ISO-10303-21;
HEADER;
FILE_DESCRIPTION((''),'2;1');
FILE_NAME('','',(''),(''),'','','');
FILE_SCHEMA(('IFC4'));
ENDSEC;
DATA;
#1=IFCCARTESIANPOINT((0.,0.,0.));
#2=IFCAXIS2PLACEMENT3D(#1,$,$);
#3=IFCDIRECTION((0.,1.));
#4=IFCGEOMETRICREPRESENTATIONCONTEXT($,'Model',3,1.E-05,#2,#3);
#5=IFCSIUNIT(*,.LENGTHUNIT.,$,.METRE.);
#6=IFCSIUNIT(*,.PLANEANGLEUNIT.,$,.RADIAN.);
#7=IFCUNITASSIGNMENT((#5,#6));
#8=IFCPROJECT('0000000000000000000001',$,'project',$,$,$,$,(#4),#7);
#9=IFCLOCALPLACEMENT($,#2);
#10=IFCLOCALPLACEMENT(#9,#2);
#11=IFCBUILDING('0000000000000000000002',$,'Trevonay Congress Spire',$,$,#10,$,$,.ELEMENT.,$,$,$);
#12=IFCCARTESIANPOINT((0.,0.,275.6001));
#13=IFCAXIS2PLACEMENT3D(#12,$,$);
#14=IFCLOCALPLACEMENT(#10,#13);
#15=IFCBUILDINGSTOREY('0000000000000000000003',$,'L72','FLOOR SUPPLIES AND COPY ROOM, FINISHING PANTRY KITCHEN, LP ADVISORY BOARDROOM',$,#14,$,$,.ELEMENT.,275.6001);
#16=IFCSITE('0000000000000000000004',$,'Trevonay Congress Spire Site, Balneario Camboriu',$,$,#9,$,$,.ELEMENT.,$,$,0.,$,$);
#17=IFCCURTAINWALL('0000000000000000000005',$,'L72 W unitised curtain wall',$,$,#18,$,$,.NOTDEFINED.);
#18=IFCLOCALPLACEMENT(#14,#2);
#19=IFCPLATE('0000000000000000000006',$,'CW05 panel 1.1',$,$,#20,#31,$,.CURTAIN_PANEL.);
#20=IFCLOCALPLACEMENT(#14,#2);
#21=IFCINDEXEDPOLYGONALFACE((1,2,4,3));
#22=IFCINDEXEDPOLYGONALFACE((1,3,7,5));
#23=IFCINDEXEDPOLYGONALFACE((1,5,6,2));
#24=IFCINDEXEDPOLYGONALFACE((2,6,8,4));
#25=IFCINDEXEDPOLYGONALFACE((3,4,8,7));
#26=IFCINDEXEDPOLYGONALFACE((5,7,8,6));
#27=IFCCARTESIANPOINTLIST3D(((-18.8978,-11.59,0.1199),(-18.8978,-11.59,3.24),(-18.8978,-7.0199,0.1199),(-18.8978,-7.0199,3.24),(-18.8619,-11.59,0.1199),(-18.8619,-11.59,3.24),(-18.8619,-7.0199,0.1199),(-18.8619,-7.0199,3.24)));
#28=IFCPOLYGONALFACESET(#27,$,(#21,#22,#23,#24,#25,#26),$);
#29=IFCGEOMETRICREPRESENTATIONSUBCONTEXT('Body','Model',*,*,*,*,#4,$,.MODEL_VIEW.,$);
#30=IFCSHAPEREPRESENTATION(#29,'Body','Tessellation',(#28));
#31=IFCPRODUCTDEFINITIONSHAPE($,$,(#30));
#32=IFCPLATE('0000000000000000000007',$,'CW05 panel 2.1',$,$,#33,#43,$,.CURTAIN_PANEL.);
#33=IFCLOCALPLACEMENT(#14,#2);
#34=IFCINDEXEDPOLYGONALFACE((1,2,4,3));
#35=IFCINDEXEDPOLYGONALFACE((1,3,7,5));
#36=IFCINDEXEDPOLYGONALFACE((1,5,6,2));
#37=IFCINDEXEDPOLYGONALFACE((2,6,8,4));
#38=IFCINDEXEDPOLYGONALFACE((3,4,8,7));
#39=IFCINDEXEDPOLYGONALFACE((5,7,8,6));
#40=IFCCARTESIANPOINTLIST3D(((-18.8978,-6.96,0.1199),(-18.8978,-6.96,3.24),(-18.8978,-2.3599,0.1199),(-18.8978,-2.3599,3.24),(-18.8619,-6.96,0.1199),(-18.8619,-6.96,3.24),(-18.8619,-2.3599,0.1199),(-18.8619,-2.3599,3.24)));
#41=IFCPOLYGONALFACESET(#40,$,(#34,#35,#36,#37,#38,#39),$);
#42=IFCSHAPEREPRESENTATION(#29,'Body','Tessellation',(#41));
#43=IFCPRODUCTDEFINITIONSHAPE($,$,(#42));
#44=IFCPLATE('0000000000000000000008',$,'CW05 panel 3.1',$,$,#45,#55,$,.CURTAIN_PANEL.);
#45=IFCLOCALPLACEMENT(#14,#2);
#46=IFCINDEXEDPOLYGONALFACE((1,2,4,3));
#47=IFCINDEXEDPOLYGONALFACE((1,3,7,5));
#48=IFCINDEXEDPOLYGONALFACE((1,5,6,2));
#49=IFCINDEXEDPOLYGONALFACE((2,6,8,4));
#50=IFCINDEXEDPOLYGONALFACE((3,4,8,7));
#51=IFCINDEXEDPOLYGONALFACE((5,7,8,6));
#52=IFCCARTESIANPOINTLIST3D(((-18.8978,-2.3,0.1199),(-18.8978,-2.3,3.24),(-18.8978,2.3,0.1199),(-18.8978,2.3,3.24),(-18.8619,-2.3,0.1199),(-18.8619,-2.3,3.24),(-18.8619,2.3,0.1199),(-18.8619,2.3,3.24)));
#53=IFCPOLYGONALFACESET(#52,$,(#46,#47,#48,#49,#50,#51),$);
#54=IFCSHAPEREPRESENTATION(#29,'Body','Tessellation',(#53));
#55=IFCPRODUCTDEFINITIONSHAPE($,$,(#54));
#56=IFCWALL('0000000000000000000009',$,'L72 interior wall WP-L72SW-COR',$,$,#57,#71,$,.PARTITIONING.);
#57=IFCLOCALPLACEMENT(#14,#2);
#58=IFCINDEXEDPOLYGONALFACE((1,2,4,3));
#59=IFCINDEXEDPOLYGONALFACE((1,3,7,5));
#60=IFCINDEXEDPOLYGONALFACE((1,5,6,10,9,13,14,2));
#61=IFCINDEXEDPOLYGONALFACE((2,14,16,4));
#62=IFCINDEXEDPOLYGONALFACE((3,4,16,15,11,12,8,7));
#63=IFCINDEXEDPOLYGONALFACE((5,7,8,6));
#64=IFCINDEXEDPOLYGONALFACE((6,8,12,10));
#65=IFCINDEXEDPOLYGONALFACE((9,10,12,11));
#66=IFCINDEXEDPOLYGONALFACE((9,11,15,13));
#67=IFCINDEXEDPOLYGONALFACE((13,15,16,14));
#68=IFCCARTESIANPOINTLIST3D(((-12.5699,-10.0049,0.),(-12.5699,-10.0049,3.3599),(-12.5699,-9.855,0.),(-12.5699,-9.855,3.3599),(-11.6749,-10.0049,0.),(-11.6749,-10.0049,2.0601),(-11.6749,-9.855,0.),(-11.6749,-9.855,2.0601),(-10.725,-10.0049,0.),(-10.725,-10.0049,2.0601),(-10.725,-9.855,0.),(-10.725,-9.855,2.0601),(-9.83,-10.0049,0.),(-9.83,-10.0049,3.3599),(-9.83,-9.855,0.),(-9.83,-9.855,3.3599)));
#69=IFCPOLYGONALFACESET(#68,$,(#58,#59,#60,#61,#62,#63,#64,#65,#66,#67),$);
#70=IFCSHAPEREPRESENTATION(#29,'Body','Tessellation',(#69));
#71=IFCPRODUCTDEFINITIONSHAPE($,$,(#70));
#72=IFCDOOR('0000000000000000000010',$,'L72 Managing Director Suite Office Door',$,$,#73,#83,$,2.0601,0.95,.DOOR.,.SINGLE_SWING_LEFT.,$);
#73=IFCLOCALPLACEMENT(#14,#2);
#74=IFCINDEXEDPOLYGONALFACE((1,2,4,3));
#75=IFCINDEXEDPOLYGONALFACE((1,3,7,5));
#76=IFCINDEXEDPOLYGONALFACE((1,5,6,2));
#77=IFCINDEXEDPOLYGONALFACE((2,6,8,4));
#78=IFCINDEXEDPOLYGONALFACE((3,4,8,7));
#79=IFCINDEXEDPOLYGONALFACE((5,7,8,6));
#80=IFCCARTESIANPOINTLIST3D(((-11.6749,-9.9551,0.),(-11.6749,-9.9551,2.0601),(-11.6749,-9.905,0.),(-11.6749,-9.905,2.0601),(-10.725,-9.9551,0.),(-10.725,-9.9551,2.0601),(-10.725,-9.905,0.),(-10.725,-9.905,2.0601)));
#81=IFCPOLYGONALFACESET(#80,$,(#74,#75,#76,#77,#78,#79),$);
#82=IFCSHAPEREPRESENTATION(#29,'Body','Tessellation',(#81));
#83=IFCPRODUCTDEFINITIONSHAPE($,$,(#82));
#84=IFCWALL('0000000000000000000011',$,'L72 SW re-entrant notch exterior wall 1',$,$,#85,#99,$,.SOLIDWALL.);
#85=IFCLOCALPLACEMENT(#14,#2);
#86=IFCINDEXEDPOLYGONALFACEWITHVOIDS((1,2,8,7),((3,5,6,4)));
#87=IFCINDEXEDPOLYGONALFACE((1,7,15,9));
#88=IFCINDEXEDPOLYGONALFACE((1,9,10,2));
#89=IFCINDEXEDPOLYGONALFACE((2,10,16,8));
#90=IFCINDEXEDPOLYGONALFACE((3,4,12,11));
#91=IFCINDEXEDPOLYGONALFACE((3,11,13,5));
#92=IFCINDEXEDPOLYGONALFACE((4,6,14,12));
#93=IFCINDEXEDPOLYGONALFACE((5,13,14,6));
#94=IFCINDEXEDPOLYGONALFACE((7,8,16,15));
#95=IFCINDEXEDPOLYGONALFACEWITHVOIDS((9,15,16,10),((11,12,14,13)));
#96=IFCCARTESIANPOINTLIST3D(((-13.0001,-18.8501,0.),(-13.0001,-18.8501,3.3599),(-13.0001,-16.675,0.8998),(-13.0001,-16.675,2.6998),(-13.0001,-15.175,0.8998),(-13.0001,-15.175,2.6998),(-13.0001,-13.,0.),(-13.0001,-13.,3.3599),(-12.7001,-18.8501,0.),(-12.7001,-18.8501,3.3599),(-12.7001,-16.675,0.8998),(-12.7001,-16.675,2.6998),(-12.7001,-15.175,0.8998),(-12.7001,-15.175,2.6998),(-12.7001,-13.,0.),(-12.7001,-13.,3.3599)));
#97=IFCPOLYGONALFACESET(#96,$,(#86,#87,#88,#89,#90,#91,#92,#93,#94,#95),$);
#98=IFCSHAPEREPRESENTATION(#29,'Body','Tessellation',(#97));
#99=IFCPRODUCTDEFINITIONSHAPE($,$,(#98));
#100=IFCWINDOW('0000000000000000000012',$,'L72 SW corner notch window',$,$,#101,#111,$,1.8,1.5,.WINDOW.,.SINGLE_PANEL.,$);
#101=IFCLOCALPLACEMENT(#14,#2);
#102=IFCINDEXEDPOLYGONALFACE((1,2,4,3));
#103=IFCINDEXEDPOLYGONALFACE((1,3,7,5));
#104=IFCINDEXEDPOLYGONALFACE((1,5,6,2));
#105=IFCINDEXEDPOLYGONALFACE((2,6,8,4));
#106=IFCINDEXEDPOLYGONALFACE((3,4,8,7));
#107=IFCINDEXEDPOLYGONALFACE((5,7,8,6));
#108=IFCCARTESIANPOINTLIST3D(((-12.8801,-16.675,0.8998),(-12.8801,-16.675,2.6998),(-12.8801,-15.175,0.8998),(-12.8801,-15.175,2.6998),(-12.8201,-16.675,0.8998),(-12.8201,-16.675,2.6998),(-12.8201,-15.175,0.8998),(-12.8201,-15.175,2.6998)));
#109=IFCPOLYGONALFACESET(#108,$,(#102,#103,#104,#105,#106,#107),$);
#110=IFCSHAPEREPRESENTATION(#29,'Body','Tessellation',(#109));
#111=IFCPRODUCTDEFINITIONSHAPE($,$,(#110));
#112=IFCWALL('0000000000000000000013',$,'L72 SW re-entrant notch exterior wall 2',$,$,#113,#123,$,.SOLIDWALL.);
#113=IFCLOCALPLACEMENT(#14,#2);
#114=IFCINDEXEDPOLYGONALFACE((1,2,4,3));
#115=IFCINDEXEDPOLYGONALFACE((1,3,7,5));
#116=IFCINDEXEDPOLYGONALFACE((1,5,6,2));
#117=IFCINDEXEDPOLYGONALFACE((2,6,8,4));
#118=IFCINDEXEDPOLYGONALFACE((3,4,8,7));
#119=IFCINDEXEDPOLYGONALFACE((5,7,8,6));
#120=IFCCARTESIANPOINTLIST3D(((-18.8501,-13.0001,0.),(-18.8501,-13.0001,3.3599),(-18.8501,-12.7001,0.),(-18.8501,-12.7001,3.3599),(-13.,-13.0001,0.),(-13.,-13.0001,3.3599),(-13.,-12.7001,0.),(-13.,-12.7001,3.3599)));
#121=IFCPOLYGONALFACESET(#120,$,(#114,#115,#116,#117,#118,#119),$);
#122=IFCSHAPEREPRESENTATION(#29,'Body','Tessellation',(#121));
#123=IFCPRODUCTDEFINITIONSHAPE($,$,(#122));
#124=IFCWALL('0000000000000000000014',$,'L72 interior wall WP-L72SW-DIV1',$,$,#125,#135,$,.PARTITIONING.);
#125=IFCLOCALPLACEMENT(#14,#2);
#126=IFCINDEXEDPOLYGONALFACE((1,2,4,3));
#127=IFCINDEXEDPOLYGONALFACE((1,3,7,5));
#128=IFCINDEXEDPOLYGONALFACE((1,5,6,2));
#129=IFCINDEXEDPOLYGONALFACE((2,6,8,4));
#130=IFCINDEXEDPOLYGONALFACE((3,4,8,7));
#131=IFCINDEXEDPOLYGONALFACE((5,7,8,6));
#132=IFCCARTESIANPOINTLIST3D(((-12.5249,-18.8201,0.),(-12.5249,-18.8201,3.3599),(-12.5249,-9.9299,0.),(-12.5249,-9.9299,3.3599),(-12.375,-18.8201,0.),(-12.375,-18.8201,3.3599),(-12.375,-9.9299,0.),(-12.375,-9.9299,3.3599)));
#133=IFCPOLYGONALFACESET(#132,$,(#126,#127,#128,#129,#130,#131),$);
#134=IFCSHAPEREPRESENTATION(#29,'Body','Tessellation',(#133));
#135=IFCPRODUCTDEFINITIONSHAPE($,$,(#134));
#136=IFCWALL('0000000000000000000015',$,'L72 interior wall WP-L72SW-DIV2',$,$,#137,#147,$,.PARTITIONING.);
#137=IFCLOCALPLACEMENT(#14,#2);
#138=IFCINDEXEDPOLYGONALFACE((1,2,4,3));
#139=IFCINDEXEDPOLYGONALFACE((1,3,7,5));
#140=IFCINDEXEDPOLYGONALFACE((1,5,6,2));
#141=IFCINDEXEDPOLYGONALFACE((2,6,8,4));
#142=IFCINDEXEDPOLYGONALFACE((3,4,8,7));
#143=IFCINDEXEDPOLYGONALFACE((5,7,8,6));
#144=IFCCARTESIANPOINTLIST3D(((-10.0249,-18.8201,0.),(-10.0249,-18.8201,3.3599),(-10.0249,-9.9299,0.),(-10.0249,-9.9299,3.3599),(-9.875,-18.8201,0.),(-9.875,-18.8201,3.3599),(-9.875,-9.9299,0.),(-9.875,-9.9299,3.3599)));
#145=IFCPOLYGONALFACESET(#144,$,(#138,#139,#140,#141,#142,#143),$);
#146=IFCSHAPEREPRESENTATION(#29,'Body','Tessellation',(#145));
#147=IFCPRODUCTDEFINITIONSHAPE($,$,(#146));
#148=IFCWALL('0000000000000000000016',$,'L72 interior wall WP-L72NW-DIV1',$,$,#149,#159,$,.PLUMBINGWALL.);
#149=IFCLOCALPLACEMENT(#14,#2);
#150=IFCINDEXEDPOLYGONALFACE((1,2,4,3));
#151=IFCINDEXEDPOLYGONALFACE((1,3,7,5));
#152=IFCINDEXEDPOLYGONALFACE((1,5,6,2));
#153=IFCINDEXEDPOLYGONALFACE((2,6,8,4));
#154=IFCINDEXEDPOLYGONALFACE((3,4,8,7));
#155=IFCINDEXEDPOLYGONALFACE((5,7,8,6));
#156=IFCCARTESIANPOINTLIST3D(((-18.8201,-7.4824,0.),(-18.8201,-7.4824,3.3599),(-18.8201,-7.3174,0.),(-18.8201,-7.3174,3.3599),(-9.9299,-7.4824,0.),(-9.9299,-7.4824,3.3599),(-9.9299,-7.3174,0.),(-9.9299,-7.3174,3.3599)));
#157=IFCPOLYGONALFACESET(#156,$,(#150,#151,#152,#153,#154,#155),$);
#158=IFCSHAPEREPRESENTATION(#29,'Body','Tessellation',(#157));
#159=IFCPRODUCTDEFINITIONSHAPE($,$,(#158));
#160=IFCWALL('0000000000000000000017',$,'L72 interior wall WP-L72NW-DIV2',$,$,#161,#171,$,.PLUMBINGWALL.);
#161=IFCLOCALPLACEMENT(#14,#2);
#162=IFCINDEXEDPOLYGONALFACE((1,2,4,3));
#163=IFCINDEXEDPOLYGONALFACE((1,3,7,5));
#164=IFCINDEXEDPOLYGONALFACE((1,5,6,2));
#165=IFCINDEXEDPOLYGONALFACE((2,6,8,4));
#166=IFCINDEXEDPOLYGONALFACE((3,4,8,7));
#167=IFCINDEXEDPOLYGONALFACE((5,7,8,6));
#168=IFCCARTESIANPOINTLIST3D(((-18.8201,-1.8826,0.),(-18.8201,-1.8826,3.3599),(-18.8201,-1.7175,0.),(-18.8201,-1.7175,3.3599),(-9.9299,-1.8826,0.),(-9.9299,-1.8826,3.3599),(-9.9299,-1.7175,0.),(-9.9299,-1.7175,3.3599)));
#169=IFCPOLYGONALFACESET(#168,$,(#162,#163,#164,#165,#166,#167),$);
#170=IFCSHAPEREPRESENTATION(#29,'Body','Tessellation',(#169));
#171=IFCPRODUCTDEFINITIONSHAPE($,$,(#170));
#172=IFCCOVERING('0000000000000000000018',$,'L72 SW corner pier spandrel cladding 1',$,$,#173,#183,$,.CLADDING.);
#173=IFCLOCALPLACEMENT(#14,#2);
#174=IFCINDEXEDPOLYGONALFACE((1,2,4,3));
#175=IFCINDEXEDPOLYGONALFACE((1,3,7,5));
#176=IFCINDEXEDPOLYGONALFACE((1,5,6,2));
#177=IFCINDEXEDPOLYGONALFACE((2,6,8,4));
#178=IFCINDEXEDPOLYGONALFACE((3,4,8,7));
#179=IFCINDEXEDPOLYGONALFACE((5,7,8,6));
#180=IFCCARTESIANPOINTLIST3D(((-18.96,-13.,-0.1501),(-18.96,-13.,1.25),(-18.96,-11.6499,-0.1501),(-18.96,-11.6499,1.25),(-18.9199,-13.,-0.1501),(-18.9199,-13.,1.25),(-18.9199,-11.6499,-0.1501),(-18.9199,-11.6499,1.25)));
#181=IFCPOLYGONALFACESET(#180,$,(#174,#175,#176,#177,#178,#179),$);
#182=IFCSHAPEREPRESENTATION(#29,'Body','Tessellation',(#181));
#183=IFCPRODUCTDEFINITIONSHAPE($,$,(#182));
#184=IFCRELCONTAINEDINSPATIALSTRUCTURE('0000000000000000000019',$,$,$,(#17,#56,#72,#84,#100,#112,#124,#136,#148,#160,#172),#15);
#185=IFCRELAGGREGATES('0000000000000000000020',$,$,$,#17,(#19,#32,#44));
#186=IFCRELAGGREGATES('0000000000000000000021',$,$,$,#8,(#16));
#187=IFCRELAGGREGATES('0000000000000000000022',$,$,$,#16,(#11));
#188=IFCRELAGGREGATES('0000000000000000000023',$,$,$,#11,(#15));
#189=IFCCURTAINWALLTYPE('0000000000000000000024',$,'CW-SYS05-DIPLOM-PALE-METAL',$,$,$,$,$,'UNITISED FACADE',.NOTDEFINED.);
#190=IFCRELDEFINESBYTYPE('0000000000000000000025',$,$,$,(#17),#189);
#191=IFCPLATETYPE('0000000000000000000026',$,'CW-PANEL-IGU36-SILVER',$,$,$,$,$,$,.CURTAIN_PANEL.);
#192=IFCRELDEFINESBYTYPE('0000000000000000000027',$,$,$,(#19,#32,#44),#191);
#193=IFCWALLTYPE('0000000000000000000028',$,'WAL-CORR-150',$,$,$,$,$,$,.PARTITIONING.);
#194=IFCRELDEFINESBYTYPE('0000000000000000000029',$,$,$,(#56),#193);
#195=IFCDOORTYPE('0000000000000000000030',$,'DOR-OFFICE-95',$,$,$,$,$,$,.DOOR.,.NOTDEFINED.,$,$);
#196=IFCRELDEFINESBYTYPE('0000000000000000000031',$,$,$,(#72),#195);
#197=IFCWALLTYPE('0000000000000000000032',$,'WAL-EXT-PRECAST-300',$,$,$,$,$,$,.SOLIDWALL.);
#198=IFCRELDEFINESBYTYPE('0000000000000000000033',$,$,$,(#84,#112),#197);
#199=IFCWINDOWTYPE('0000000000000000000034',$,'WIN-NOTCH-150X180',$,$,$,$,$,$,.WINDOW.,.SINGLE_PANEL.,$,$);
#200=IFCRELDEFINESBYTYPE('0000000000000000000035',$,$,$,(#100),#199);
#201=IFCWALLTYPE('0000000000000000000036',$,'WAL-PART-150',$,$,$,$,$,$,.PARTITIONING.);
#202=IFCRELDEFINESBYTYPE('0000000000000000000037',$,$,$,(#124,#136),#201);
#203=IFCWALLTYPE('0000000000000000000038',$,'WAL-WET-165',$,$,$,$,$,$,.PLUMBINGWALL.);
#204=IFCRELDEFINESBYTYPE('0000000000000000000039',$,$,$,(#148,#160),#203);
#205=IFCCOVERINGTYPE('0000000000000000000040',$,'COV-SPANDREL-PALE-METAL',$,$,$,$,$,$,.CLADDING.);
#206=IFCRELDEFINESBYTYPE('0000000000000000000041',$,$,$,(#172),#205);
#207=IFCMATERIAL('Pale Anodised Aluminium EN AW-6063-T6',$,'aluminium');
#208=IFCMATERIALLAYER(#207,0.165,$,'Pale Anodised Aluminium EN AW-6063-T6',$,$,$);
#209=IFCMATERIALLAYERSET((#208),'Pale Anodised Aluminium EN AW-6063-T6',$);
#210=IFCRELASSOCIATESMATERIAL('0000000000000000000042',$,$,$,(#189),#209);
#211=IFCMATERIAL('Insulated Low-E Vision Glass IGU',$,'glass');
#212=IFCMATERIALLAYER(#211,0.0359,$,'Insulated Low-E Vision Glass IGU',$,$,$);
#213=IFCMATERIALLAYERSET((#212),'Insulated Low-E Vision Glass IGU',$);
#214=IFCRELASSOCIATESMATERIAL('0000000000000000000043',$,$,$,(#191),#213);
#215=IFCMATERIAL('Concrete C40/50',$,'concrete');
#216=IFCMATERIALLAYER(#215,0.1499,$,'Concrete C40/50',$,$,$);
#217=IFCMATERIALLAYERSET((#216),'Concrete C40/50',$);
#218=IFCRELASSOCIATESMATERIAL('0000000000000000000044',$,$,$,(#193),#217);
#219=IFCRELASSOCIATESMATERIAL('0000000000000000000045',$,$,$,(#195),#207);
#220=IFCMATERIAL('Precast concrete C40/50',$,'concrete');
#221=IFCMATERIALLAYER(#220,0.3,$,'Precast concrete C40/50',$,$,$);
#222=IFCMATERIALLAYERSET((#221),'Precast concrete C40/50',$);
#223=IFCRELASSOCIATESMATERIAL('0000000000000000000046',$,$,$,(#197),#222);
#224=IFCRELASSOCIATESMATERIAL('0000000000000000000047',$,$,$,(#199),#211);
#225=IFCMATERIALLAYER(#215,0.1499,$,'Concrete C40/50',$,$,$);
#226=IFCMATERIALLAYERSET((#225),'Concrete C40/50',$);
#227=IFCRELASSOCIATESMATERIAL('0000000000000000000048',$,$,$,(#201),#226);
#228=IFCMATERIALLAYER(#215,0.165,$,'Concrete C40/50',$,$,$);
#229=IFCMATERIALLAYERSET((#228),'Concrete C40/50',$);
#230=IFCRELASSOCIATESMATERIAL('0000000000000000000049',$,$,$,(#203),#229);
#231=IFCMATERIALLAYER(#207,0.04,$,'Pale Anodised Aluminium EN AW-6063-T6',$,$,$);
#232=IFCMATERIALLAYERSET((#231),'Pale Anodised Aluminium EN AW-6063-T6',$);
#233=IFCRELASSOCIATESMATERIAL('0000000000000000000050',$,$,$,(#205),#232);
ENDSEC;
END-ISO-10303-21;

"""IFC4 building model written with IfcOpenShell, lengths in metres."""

from ifc_helpers import new_model, si_unit, direction, frame, frame_2d, origin, origin_2d, place, context, subcontext, project, spatial, rectangle, extrude, material, layer, layer_set, type_object, element, fill, aggregate, save


model = new_model("IFC4")

# Units and contexts
model_context = context("Model", 3, precision=1e-05, world=origin(), true_north=direction((0.0, 1.0)))
body_context = subcontext(model_context, "Body", "Model", "MODEL_VIEW")
ifc_project = project(units=[si_unit("LENGTHUNIT", "METRE"), si_unit("PLANEANGLEUNIT", "RADIAN")], contexts=[model_context])

# Site, building, storey
site_placement = place(None, origin())
site = spatial("IfcSite", under=ifc_project, at=site_placement, Name="Trevonay Congress Spire Site, Balneario Camboriu", CompositionType="ELEMENT", RefElevation=0.0)
building_placement = place(site_placement, origin())
building = spatial("IfcBuilding", under=site, at=building_placement, Name="Trevonay Congress Spire", CompositionType="ELEMENT")
storey_placement = place(building_placement, frame((0.0, 0.0, 275.6001)))
storey = spatial("IfcBuildingStorey", under=building, at=storey_placement, Name="L72", Description="FLOOR SUPPLIES AND COPY ROOM, FINISHING PANTRY KITCHEN, LP ADVISORY BOARDROOM", CompositionType="ELEMENT", Elevation=275.6001)

# Shared definitions
ifc_material_1 = material(Name="Pale Anodised Aluminium EN AW-6063-T6", Category="aluminium")
ifc_layer_1 = layer(ifc_material_1, 0.165, Name="Pale Anodised Aluminium EN AW-6063-T6")
ifc_layer_set_1 = layer_set([ifc_layer_1], Name="Pale Anodised Aluminium EN AW-6063-T6")
curtain_wall_type = type_object("IfcCurtainWallType", Name="CW-SYS05-DIPLOM-PALE-METAL", ElementType="UNITISED FACADE", PredefinedType="NOTDEFINED", material=ifc_layer_set_1)

# Curtain wall
curtain_wall_1_placement = place(storey_placement, origin())
curtain_wall_1 = element("IfcCurtainWall", 1, at=curtain_wall_1_placement, inside=storey, type_object=curtain_wall_type, Name="L72 W unitised curtain wall", PredefinedType="NOTDEFINED")

# Plates
ifc_material_2 = material(Name="Insulated Low-E Vision Glass IGU", Category="glass")
ifc_layer_2 = layer(ifc_material_2, 0.0359, Name="Insulated Low-E Vision Glass IGU")
ifc_layer_set_2 = layer_set([ifc_layer_2], Name="Insulated Low-E Vision Glass IGU")
plate_type = type_object("IfcPlateType", Name="CW-PANEL-IGU36-SILVER", PredefinedType="CURTAIN_PANEL", material=ifc_layer_set_2)
plate_1_placement = place(storey_placement, frame((-18.8799, -9.3049, 0.1199), z_axis=(0.0, 0.0, 1.0), x_axis=(0.0, 1.0, 0.0)))
plate_1 = element("IfcPlate", 2, at=plate_1_placement, type_object=plate_type, Name="CW05 panel 1.1", PredefinedType="CURTAIN_PANEL", context=body_context, shape_type="SweptSolid", body=[
    extrude(rectangle(XDim=4.5701, YDim=0.0359, at=origin_2d()), origin(), (0.0, 0.0, 1.0), 3.1201),
])
plate_2_placement = place(storey_placement, frame((-18.8799, -4.6599, 0.1199), z_axis=(0.0, 0.0, 1.0), x_axis=(0.0, 1.0, 0.0)))
plate_2 = element("IfcPlate", 3, at=plate_2_placement, type_object=plate_type, Name="CW05 panel 2.1", PredefinedType="CURTAIN_PANEL", context=body_context, shape_type="SweptSolid", body=[
    extrude(rectangle(XDim=4.6001, YDim=0.0359, at=origin_2d()), origin(), (0.0, 0.0, 1.0), 3.1201),
])
plate_3_placement = place(storey_placement, frame((-18.8799, 0.0, 0.1199), z_axis=(0.0, 0.0, 1.0), x_axis=(0.0, 1.0, 0.0)))
plate_3 = element("IfcPlate", 4, at=plate_3_placement, type_object=plate_type, Name="CW05 panel 3.1", PredefinedType="CURTAIN_PANEL", context=body_context, shape_type="SweptSolid", body=[
    extrude(rectangle(XDim=4.6001, YDim=0.0359, at=origin_2d()), origin(), (0.0, 0.0, 1.0), 3.1201),
])
aggregate(curtain_wall_1, [plate_1, plate_2, plate_3])

# Wall, opening, door
ifc_material_3 = material(Name="Concrete C40/50", Category="concrete")
ifc_layer_3 = layer(ifc_material_3, 0.1499, Name="Concrete C40/50")
ifc_layer_set_3 = layer_set([ifc_layer_3], Name="Concrete C40/50")
wall_type_1 = type_object("IfcWallType", Name="WAL-CORR-150", PredefinedType="PARTITIONING", material=ifc_layer_set_3)
wall_1_placement = place(storey_placement, frame((-12.5701, -9.9299, 0.0), z_axis=(0.0, 0.0, 1.0), x_axis=(1.0, 0.0, 0.0)))
wall_1 = element("IfcWall", 5, at=wall_1_placement, inside=storey, type_object=wall_type_1, Name="L72 interior wall WP-L72SW-COR", PredefinedType="PARTITIONING", context=body_context, shape_type="SweptSolid", body=[
    extrude(rectangle(XDim=2.74, YDim=0.1499, at=frame_2d((1.3701, 0.0))), origin(), (0.0, 0.0, 1.0), 3.3599),
])
opening_1_placement = place(wall_1_placement, frame((0.895, 0.0, 0.0)))
opening_1 = element("IfcOpeningElement", 6, at=opening_1_placement, cuts=wall_1, PredefinedType="OPENING", context=body_context, shape_type="SweptSolid", body=[
    extrude(rectangle(XDim=0.95, YDim=2.0601, at=frame_2d((0.4751, 1.03))), frame((0.0, 0.085, 0.0), z_axis=(0.0, -1.0, 0.0), x_axis=(1.0, 0.0, 0.0)), (0.0, 0.0, 1.0), 0.1699),
])
door_type = type_object("IfcDoorType", Name="DOR-OFFICE-95", OperationType="NOTDEFINED", PredefinedType="DOOR", material=ifc_material_1)
door_placement = place(opening_1_placement, origin())
door = element("IfcDoor", 7, at=door_placement, inside=storey, type_object=door_type, Name="L72 Managing Director Suite Office Door", OperationType="SINGLE_SWING_LEFT", OverallHeight=2.0601, OverallWidth=0.95, PredefinedType="DOOR", context=body_context, shape_type="SweptSolid", body=[
    extrude(rectangle(XDim=0.95, YDim=2.0601, at=frame_2d((0.4751, 1.03))), frame((0.0, 0.0249, 0.0), z_axis=(0.0, -1.0, 0.0), x_axis=(1.0, 0.0, 0.0)), (0.0, 0.0, 1.0), 0.05),
])
fill(opening_1, door)

# Wall, opening, window
ifc_material_4 = material(Name="Precast concrete C40/50", Category="concrete")
ifc_layer_4 = layer(ifc_material_4, 0.3, Name="Precast concrete C40/50")
ifc_layer_set_4 = layer_set([ifc_layer_4], Name="Precast concrete C40/50")
wall_type_2 = type_object("IfcWallType", Name="WAL-EXT-PRECAST-300", PredefinedType="SOLIDWALL", material=ifc_layer_set_4)
wall_2_placement = place(storey_placement, frame((-12.8501, -18.8501, 0.0), z_axis=(0.0, 0.0, 1.0), x_axis=(0.0, 1.0, 0.0)))
wall_2 = element("IfcWall", 8, at=wall_2_placement, inside=storey, type_object=wall_type_2, Name="L72 SW re-entrant notch exterior wall 1", PredefinedType="SOLIDWALL", context=body_context, shape_type="SweptSolid", body=[
    extrude(rectangle(XDim=5.8501, YDim=0.3, at=frame_2d((2.925, 0.0))), origin(), (0.0, 0.0, 1.0), 3.3599),
])
opening_2_placement = place(wall_2_placement, frame((2.175, 0.0, 0.8999)))
opening_2 = element("IfcOpeningElement", 9, at=opening_2_placement, cuts=wall_2, PredefinedType="OPENING", context=body_context, shape_type="SweptSolid", body=[
    extrude(rectangle(XDim=1.5, YDim=1.8, at=frame_2d((0.75, 0.8999))), frame((0.0, 0.1602, 0.0), z_axis=(0.0, -1.0, 0.0), x_axis=(1.0, 0.0, 0.0)), (0.0, 0.0, 1.0), 0.3201),
])
window_type = type_object("IfcWindowType", Name="WIN-NOTCH-150X180", PartitioningType="SINGLE_PANEL", PredefinedType="WINDOW", material=ifc_material_2)
window_placement = place(opening_2_placement, origin())
window = element("IfcWindow", 10, at=window_placement, inside=storey, type_object=window_type, Name="L72 SW corner notch window", OverallHeight=1.8, OverallWidth=1.5, PartitioningType="SINGLE_PANEL", PredefinedType="WINDOW", context=body_context, shape_type="SweptSolid", body=[
    extrude(rectangle(XDim=1.5, YDim=1.8, at=frame_2d((0.75, 0.8999))), frame((0.0, 0.03, 0.0), z_axis=(0.0, -1.0, 0.0), x_axis=(1.0, 0.0, 0.0)), (0.0, 0.0, 1.0), 0.0601),
])
fill(opening_2, window)

# Walls
wall_3_placement = place(storey_placement, frame((-18.8501, -12.8501, 0.0), z_axis=(0.0, 0.0, 1.0), x_axis=(1.0, 0.0, 0.0)))
element("IfcWall", 11, at=wall_3_placement, inside=storey, type_object=wall_type_2, Name="L72 SW re-entrant notch exterior wall 2", PredefinedType="SOLIDWALL", context=body_context, shape_type="SweptSolid", body=[
    extrude(rectangle(XDim=5.8501, YDim=0.3, at=frame_2d((2.925, 0.0))), origin(), (0.0, 0.0, 1.0), 3.3599),
])
ifc_layer_5 = layer(ifc_material_3, 0.1499, Name="Concrete C40/50")
ifc_layer_set_5 = layer_set([ifc_layer_5], Name="Concrete C40/50")
wall_type_3 = type_object("IfcWallType", Name="WAL-PART-150", PredefinedType="PARTITIONING", material=ifc_layer_set_5)
for number, where, z_axis, x_axis, name in (
    (12, (-12.45, -18.8201, 0.0), (0.0, 0.0, 1.0), (0.0, 1.0, 0.0), "L72 interior wall WP-L72SW-DIV1"),
    (13, (-9.95, -18.8201, 0.0), (0.0, 0.0, 1.0), (0.0, 1.0, 0.0), "L72 interior wall WP-L72SW-DIV2"),
):
    element("IfcWall", number, at=place(storey_placement, frame(where, z_axis=z_axis, x_axis=x_axis)), inside=storey, type_object=wall_type_3, Name=name, PredefinedType="PARTITIONING", context=body_context, shape_type="SweptSolid", body=[
        extrude(rectangle(XDim=8.8901, YDim=0.1499, at=frame_2d((4.4451, 0.0))), origin(), (0.0, 0.0, 1.0), 3.3599),
    ])
ifc_layer_6 = layer(ifc_material_3, 0.165, Name="Concrete C40/50")
ifc_layer_set_6 = layer_set([ifc_layer_6], Name="Concrete C40/50")
wall_type_4 = type_object("IfcWallType", Name="WAL-WET-165", PredefinedType="PLUMBINGWALL", material=ifc_layer_set_6)
for number, where, z_axis, x_axis, name in (
    (14, (-18.8201, -7.3999, 0.0), (0.0, 0.0, 1.0), (1.0, 0.0, 0.0), "L72 interior wall WP-L72NW-DIV1"),
    (15, (-18.8201, -1.8, 0.0), (0.0, 0.0, 1.0), (1.0, 0.0, 0.0), "L72 interior wall WP-L72NW-DIV2"),
):
    element("IfcWall", number, at=place(storey_placement, frame(where, z_axis=z_axis, x_axis=x_axis)), inside=storey, type_object=wall_type_4, Name=name, PredefinedType="PLUMBINGWALL", context=body_context, shape_type="SweptSolid", body=[
        extrude(rectangle(XDim=8.8901, YDim=0.165, at=frame_2d((4.4451, 0.0))), origin(), (0.0, 0.0, 1.0), 3.3599),
    ])

# Covering
ifc_layer_7 = layer(ifc_material_1, 0.04, Name="Pale Anodised Aluminium EN AW-6063-T6")
ifc_layer_set_7 = layer_set([ifc_layer_7], Name="Pale Anodised Aluminium EN AW-6063-T6")
covering_type = type_object("IfcCoveringType", Name="COV-SPANDREL-PALE-METAL", PredefinedType="CLADDING", material=ifc_layer_set_7)
for number, where, z_axis, x_axis, name in (
    (16, (-18.9399, -11.6499, -0.1501), (0.0, 0.0, 1.0), (0.0, -1.0, 0.0), "L72 SW corner pier spandrel cladding 1"),
):
    element("IfcCovering", number, at=place(storey_placement, frame(where, z_axis=z_axis, x_axis=x_axis)), inside=storey, type_object=covering_type, Name=name, PredefinedType="CLADDING", context=body_context, shape_type="SweptSolid", body=[
        extrude(rectangle(XDim=1.3501, YDim=0.04, at=frame_2d((0.675, 0.0))), origin(), (0.0, 0.0, 1.0), 1.4001),
    ])

save(model, "model.ifc")
